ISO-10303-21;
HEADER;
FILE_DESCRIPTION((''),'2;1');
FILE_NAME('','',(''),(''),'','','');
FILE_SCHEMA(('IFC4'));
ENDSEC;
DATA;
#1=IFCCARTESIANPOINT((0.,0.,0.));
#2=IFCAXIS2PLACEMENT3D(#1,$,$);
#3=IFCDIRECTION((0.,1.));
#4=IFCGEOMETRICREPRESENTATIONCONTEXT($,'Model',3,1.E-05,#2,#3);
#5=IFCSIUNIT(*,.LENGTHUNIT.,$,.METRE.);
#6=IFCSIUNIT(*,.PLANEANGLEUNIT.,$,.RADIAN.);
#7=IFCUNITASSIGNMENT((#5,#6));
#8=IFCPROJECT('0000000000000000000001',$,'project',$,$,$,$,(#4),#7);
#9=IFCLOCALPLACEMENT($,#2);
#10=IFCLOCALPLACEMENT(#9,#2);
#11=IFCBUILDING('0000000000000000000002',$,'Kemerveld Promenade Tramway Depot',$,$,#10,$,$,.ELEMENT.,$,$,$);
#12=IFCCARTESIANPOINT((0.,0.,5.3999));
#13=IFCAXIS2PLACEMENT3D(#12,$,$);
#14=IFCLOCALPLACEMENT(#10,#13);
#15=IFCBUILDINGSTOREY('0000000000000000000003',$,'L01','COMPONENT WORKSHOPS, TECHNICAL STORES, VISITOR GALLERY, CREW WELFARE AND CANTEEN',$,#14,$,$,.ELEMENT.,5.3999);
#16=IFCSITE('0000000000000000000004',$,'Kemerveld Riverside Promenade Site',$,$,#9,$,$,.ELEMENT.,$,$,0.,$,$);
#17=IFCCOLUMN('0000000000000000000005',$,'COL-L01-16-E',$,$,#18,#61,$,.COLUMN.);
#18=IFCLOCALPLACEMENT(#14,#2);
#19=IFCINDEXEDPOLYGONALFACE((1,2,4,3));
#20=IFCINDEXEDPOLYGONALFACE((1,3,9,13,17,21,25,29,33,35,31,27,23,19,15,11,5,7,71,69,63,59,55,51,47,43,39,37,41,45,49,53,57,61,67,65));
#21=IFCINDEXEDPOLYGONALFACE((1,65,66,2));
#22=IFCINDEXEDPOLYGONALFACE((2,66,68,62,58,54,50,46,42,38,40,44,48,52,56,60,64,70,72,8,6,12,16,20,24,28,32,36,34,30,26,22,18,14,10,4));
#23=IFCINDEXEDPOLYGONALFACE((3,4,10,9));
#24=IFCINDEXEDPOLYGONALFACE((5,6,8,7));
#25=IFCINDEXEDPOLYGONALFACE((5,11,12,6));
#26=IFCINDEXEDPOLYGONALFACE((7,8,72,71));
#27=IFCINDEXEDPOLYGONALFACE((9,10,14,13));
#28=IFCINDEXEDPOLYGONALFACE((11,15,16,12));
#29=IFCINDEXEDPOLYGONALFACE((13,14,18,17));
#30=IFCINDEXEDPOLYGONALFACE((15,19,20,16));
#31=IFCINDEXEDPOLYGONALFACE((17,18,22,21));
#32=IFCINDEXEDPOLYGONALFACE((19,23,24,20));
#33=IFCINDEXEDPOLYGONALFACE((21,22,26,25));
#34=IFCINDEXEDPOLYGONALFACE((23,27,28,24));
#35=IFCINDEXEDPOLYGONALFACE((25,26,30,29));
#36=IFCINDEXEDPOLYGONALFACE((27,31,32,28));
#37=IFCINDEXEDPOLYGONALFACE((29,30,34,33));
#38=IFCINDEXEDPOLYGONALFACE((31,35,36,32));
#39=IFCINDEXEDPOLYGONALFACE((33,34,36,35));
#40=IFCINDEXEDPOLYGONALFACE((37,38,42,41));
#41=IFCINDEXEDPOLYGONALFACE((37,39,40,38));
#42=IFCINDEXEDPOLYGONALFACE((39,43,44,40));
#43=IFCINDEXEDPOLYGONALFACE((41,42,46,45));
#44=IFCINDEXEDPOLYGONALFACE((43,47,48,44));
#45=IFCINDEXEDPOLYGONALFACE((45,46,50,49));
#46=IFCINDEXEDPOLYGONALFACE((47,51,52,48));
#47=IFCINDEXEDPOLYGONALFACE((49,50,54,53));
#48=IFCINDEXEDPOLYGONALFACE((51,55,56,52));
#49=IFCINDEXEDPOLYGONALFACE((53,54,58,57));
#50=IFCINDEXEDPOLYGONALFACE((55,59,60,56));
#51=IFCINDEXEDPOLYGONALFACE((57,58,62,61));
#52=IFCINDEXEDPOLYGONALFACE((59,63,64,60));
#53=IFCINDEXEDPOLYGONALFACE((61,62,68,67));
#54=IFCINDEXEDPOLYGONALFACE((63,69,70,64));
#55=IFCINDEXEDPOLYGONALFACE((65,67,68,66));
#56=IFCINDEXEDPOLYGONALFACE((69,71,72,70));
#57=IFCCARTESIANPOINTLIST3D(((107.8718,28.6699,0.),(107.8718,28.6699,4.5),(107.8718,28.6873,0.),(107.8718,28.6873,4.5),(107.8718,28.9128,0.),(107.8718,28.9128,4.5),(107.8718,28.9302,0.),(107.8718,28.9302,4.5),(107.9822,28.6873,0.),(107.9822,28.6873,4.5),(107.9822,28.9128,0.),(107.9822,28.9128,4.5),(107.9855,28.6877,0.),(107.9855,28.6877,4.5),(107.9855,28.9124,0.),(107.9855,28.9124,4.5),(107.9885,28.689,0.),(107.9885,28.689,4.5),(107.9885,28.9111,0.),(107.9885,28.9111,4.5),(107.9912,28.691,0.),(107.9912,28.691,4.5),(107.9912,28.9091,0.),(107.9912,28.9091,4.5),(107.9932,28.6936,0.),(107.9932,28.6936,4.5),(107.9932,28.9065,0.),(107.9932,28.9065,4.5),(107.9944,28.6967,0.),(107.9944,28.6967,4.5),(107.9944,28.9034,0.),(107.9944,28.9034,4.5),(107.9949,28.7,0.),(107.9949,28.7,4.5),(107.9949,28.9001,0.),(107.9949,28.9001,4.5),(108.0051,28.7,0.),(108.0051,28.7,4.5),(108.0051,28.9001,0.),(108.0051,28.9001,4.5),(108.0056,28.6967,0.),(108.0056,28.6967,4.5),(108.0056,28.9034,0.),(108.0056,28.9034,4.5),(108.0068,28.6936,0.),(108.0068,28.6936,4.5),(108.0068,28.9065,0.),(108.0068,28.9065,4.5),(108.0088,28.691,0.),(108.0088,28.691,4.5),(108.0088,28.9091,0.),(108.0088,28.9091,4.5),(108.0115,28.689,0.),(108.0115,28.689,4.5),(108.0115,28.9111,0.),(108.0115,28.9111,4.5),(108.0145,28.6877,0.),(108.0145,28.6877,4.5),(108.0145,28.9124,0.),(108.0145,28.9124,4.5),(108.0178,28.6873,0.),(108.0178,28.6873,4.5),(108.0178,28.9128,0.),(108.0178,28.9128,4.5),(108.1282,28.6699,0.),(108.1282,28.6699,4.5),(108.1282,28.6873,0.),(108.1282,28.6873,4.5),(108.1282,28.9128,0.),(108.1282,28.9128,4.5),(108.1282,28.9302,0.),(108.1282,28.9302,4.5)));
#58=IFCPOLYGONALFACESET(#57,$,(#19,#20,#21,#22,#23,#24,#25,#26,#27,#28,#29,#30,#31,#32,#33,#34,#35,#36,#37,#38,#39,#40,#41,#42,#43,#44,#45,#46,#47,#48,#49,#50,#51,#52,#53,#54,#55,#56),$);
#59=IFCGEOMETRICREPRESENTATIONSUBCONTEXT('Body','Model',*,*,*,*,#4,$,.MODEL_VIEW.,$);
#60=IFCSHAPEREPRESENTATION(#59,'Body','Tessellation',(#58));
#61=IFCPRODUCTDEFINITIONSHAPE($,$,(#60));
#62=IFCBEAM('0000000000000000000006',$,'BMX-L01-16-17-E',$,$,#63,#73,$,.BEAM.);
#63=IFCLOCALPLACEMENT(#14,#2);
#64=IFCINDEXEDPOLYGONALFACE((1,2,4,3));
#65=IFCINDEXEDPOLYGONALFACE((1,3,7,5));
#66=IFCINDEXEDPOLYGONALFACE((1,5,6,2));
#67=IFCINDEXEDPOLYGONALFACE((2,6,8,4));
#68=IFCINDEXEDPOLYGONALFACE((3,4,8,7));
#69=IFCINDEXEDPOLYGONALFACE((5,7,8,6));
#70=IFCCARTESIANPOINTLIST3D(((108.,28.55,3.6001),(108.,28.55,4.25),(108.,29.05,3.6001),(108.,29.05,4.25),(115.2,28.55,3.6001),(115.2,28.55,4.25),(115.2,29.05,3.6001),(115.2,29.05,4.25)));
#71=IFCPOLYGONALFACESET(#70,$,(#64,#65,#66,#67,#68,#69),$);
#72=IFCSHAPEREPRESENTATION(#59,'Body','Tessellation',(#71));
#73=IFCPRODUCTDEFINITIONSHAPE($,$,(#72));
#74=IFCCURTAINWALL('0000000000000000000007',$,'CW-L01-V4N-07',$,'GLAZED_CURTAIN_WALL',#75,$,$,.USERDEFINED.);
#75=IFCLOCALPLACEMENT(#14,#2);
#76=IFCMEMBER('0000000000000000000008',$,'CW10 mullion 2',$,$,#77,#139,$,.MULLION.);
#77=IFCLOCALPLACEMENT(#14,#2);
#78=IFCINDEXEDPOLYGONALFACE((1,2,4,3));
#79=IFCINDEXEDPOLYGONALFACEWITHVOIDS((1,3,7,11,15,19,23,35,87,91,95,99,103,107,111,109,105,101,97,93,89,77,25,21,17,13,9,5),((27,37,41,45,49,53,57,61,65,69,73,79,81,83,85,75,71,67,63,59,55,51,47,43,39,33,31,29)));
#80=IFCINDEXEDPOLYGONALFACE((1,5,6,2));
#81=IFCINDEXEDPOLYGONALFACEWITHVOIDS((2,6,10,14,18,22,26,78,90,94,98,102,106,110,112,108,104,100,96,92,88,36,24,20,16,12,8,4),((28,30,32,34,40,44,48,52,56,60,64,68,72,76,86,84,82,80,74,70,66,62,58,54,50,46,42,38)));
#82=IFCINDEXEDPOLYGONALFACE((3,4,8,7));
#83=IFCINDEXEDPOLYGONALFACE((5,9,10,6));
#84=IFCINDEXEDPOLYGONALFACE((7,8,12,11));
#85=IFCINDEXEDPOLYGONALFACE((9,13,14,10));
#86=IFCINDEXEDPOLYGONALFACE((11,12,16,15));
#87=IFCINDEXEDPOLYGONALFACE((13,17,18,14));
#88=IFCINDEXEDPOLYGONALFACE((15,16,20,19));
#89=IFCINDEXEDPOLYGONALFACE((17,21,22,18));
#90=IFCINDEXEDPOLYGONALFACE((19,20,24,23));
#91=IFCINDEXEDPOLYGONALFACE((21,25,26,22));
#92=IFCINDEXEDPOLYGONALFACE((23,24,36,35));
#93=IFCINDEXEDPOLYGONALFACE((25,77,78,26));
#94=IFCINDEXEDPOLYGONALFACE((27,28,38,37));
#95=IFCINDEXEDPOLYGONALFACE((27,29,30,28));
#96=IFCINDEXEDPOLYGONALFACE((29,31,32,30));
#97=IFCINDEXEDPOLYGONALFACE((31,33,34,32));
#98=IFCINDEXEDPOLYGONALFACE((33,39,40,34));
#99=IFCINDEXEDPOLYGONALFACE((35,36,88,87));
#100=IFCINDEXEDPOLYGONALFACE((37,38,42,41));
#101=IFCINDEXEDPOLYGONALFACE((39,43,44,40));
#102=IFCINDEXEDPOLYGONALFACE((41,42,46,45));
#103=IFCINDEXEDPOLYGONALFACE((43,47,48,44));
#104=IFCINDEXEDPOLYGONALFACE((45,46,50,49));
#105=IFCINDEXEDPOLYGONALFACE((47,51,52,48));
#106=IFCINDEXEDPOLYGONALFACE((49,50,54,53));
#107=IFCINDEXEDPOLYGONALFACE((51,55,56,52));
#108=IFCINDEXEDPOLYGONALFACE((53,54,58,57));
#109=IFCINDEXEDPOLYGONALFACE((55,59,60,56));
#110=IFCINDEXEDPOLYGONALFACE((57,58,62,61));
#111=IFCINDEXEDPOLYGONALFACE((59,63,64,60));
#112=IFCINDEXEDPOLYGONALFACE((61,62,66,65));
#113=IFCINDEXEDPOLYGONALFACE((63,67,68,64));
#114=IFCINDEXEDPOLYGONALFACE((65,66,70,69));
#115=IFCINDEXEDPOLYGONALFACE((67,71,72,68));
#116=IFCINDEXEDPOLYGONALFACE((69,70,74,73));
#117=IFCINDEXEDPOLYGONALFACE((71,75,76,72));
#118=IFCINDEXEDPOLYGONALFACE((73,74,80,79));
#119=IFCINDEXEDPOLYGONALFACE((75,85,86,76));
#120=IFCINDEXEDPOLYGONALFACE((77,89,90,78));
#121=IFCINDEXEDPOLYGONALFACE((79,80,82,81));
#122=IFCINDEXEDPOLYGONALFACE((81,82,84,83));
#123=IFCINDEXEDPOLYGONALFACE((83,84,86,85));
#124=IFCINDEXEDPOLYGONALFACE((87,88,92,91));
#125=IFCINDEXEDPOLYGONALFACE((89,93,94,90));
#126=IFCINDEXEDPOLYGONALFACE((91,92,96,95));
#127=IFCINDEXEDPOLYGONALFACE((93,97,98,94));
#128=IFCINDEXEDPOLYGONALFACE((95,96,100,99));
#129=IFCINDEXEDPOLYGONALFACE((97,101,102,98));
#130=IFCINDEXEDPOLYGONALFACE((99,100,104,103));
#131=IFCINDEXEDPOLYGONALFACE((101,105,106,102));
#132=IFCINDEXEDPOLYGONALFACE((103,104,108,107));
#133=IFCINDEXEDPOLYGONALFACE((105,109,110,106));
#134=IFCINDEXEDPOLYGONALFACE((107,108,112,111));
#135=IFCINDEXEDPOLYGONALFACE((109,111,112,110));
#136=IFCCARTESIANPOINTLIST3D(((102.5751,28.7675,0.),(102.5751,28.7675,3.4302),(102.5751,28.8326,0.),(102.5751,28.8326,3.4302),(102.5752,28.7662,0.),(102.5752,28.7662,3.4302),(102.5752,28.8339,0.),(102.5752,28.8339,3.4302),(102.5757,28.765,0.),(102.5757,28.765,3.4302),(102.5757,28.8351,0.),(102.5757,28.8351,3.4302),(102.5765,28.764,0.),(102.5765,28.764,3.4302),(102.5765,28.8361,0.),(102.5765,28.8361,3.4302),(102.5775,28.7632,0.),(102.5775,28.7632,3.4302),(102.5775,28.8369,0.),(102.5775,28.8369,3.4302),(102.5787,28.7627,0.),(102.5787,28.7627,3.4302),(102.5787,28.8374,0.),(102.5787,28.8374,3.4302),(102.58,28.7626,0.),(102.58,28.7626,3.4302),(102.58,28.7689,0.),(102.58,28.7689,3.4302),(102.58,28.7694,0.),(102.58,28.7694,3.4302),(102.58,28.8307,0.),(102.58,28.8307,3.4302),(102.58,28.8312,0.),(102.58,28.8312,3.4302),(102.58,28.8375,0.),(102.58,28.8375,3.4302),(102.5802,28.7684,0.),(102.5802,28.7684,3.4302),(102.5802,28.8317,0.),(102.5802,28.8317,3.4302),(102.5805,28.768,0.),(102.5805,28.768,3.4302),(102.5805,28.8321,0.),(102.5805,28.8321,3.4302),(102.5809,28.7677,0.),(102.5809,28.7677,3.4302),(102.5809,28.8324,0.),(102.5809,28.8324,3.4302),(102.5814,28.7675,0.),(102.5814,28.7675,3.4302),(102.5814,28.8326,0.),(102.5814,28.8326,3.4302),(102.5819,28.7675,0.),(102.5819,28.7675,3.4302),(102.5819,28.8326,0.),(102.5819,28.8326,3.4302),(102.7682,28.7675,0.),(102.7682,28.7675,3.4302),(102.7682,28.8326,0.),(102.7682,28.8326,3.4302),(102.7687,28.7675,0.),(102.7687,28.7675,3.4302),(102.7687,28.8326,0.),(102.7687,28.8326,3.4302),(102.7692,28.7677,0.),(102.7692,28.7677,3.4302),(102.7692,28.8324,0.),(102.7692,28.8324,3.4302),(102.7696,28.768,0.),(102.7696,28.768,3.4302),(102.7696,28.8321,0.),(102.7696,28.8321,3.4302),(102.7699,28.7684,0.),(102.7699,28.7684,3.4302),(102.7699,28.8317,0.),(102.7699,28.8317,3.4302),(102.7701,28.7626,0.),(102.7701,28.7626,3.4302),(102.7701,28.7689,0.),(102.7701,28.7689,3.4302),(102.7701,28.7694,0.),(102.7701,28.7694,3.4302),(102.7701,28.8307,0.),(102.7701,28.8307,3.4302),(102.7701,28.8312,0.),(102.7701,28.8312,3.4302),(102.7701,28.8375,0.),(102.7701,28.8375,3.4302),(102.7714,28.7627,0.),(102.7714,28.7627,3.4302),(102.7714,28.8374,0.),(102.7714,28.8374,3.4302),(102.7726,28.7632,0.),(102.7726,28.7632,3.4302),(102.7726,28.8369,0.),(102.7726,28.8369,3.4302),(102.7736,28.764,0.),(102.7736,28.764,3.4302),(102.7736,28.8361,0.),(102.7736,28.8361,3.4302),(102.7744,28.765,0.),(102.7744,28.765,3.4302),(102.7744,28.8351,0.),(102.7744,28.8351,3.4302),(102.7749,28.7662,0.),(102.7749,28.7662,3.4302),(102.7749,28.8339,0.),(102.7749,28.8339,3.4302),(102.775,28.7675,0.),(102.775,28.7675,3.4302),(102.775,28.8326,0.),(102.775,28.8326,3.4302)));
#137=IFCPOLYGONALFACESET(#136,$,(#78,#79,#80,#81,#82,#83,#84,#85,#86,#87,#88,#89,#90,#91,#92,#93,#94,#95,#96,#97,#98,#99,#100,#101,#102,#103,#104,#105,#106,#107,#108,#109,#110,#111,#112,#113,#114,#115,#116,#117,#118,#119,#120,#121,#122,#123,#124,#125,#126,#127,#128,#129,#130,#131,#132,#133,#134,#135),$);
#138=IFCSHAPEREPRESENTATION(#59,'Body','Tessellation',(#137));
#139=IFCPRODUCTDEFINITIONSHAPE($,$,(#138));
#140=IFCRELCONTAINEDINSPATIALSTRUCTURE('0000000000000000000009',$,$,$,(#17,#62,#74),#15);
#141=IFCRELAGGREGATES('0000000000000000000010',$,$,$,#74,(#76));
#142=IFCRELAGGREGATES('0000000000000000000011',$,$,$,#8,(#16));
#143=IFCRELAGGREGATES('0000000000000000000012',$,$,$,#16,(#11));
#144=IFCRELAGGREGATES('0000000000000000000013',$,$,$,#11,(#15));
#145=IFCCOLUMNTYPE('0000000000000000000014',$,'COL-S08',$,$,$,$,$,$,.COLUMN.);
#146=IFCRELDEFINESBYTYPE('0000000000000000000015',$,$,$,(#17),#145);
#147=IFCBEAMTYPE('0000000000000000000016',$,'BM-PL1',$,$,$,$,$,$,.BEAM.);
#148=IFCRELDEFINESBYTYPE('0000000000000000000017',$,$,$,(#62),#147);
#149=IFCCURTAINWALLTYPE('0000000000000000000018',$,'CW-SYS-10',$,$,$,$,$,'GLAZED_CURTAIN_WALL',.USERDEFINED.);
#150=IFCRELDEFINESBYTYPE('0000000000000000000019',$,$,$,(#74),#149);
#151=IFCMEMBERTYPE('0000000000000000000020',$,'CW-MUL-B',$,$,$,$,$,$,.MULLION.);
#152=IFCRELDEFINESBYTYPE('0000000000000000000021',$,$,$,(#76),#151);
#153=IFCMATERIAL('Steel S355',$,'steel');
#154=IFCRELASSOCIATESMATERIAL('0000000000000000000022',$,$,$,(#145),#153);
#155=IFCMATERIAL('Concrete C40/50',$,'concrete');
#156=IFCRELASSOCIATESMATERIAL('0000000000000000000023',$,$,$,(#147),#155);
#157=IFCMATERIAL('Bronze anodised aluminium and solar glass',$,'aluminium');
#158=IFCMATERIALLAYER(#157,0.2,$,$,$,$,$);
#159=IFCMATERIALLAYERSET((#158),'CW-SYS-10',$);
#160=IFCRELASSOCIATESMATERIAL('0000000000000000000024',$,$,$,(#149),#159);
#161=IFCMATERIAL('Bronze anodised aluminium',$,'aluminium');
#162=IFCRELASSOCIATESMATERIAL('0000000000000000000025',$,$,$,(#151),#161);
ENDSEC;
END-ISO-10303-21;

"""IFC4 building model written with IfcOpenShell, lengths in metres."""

from ifc_helpers import new_model, si_unit, direction, frame, origin, origin_2d, place, context, subcontext, project, spatial, rectangle, hollow_rectangle, i_section, extrude, material, layer, layer_set, material_profile, profile_set, type_object, element, aggregate, save


model = new_model("IFC4")

# Units and contexts
model_context = context("Model", 3, precision=1e-05, world=origin(), true_north=direction((0.0, 1.0)))
body_context = subcontext(model_context, "Body", "Model", "MODEL_VIEW")
ifc_project = project(units=[si_unit("LENGTHUNIT", "METRE"), si_unit("PLANEANGLEUNIT", "RADIAN")], contexts=[model_context])

# Site, building, storey
site_placement = place(None, origin())
site = spatial("IfcSite", under=ifc_project, at=site_placement, Name="Kemerveld Riverside Promenade Site", CompositionType="ELEMENT", RefElevation=0.0)
building_placement = place(site_placement, origin())
building = spatial("IfcBuilding", under=site, at=building_placement, Name="Kemerveld Promenade Tramway Depot", CompositionType="ELEMENT")
storey_placement = place(building_placement, frame((0.0, 0.0, 5.3999)))
storey = spatial("IfcBuildingStorey", under=building, at=storey_placement, Name="L01", Description="COMPONENT WORKSHOPS, TECHNICAL STORES, VISITOR GALLERY, CREW WELFARE AND CANTEEN", CompositionType="ELEMENT", Elevation=5.3999)

# Column
ifc_material_1 = material(Name="Steel S355", Category="steel")
ifc_material_profile_1 = material_profile(ifc_material_1, i_section(OverallWidth=0.2563, OverallDepth=0.2603, WebThickness=0.0103, FlangeThickness=0.0173, FilletRadius=0.0127, at=origin_2d()), Name="254x254x89 UC")
ifc_profile_set_1 = profile_set([ifc_material_profile_1], Name="Steel S355")
column_type = type_object("IfcColumnType", Name="COL-S08", PredefinedType="COLUMN", material=ifc_profile_set_1)
column_placement = place(storey_placement, frame((108.0, 28.8, 0.0), z_axis=(0.0, 0.0, 1.0), x_axis=(1.0, 0.0, 0.0)))
element("IfcColumn", 1, at=column_placement, inside=storey, type_object=column_type, Name="COL-L01-16-E", PredefinedType="COLUMN", context=body_context, shape_type="SweptSolid", body=[
    extrude(i_section(OverallWidth=0.2563, OverallDepth=0.2603, WebThickness=0.0103, FlangeThickness=0.0173, FilletRadius=0.0127, at=origin_2d()), origin(), (0.0, 0.0, 1.0), 4.5),
])

# Beam
ifc_material_2 = material(Name="Concrete C40/50", Category="concrete")
ifc_material_profile_2 = material_profile(ifc_material_2, rectangle(XDim=0.5, YDim=0.6499, at=origin_2d()), Name="RC-PLINTH-500x650")
ifc_profile_set_2 = profile_set([ifc_material_profile_2], Name="Concrete C40/50")
beam_type = type_object("IfcBeamType", Name="BM-PL1", PredefinedType="BEAM", material=ifc_profile_set_2)
beam_placement = place(storey_placement, frame((108.0, 28.8, 3.925), z_axis=(1.0, 0.0, 0.0), x_axis=(0.0, 1.0, 0.0)))
element("IfcBeam", 2, at=beam_placement, inside=storey, type_object=beam_type, Name="BMX-L01-16-17-E", PredefinedType="BEAM", context=body_context, shape_type="SweptSolid", body=[
    extrude(rectangle(XDim=0.5, YDim=0.6499, at=origin_2d()), origin(), (0.0, 0.0, 1.0), 7.2),
])

# Curtain wall, member
ifc_material_3 = material(Name="Bronze anodised aluminium and solar glass", Category="aluminium")
ifc_layer_1 = layer(ifc_material_3, 0.2)
ifc_layer_set_1 = layer_set([ifc_layer_1], Name="CW-SYS-10")
curtain_wall_type = type_object("IfcCurtainWallType", Name="CW-SYS-10", ElementType="GLAZED_CURTAIN_WALL", PredefinedType="USERDEFINED", material=ifc_layer_set_1)
curtain_wall_placement = place(storey_placement, origin())
curtain_wall = element("IfcCurtainWall", 3, at=curtain_wall_placement, inside=storey, type_object=curtain_wall_type, Name="CW-L01-V4N-07", ObjectType="GLAZED_CURTAIN_WALL", PredefinedType="USERDEFINED")
ifc_material_4 = material(Name="Bronze anodised aluminium", Category="aluminium")
ifc_material_profile_3 = material_profile(ifc_material_4, hollow_rectangle(XDim=0.075, YDim=0.2, WallThickness=0.0049, InnerFilletRadius=0.002, OuterFilletRadius=0.0049, at=origin_2d()), Name="CW-MUL-200x75")
ifc_profile_set_3 = profile_set([ifc_material_profile_3], Name="Bronze anodised aluminium")
member_type_1 = type_object("IfcMemberType", Name="CW-MUL-B", PredefinedType="MULLION", material=ifc_profile_set_3)
member_1_placement = place(storey_placement, frame((102.675, 28.8, 0.0), z_axis=(0.0, 0.0, 1.0), x_axis=(0.0, 1.0, 0.0)))
member_1 = element("IfcMember", 4, at=member_1_placement, type_object=member_type_1, Name="CW10 mullion 2", PredefinedType="MULLION", context=body_context, shape_type="SweptSolid", body=[
    extrude(hollow_rectangle(XDim=0.075, YDim=0.2, WallThickness=0.0049, InnerFilletRadius=0.002, OuterFilletRadius=0.0049, at=origin_2d()), origin(), (0.0, 0.0, 1.0), 3.4302),
])
aggregate(curtain_wall, [member_1])

save(model, "model.ifc")
